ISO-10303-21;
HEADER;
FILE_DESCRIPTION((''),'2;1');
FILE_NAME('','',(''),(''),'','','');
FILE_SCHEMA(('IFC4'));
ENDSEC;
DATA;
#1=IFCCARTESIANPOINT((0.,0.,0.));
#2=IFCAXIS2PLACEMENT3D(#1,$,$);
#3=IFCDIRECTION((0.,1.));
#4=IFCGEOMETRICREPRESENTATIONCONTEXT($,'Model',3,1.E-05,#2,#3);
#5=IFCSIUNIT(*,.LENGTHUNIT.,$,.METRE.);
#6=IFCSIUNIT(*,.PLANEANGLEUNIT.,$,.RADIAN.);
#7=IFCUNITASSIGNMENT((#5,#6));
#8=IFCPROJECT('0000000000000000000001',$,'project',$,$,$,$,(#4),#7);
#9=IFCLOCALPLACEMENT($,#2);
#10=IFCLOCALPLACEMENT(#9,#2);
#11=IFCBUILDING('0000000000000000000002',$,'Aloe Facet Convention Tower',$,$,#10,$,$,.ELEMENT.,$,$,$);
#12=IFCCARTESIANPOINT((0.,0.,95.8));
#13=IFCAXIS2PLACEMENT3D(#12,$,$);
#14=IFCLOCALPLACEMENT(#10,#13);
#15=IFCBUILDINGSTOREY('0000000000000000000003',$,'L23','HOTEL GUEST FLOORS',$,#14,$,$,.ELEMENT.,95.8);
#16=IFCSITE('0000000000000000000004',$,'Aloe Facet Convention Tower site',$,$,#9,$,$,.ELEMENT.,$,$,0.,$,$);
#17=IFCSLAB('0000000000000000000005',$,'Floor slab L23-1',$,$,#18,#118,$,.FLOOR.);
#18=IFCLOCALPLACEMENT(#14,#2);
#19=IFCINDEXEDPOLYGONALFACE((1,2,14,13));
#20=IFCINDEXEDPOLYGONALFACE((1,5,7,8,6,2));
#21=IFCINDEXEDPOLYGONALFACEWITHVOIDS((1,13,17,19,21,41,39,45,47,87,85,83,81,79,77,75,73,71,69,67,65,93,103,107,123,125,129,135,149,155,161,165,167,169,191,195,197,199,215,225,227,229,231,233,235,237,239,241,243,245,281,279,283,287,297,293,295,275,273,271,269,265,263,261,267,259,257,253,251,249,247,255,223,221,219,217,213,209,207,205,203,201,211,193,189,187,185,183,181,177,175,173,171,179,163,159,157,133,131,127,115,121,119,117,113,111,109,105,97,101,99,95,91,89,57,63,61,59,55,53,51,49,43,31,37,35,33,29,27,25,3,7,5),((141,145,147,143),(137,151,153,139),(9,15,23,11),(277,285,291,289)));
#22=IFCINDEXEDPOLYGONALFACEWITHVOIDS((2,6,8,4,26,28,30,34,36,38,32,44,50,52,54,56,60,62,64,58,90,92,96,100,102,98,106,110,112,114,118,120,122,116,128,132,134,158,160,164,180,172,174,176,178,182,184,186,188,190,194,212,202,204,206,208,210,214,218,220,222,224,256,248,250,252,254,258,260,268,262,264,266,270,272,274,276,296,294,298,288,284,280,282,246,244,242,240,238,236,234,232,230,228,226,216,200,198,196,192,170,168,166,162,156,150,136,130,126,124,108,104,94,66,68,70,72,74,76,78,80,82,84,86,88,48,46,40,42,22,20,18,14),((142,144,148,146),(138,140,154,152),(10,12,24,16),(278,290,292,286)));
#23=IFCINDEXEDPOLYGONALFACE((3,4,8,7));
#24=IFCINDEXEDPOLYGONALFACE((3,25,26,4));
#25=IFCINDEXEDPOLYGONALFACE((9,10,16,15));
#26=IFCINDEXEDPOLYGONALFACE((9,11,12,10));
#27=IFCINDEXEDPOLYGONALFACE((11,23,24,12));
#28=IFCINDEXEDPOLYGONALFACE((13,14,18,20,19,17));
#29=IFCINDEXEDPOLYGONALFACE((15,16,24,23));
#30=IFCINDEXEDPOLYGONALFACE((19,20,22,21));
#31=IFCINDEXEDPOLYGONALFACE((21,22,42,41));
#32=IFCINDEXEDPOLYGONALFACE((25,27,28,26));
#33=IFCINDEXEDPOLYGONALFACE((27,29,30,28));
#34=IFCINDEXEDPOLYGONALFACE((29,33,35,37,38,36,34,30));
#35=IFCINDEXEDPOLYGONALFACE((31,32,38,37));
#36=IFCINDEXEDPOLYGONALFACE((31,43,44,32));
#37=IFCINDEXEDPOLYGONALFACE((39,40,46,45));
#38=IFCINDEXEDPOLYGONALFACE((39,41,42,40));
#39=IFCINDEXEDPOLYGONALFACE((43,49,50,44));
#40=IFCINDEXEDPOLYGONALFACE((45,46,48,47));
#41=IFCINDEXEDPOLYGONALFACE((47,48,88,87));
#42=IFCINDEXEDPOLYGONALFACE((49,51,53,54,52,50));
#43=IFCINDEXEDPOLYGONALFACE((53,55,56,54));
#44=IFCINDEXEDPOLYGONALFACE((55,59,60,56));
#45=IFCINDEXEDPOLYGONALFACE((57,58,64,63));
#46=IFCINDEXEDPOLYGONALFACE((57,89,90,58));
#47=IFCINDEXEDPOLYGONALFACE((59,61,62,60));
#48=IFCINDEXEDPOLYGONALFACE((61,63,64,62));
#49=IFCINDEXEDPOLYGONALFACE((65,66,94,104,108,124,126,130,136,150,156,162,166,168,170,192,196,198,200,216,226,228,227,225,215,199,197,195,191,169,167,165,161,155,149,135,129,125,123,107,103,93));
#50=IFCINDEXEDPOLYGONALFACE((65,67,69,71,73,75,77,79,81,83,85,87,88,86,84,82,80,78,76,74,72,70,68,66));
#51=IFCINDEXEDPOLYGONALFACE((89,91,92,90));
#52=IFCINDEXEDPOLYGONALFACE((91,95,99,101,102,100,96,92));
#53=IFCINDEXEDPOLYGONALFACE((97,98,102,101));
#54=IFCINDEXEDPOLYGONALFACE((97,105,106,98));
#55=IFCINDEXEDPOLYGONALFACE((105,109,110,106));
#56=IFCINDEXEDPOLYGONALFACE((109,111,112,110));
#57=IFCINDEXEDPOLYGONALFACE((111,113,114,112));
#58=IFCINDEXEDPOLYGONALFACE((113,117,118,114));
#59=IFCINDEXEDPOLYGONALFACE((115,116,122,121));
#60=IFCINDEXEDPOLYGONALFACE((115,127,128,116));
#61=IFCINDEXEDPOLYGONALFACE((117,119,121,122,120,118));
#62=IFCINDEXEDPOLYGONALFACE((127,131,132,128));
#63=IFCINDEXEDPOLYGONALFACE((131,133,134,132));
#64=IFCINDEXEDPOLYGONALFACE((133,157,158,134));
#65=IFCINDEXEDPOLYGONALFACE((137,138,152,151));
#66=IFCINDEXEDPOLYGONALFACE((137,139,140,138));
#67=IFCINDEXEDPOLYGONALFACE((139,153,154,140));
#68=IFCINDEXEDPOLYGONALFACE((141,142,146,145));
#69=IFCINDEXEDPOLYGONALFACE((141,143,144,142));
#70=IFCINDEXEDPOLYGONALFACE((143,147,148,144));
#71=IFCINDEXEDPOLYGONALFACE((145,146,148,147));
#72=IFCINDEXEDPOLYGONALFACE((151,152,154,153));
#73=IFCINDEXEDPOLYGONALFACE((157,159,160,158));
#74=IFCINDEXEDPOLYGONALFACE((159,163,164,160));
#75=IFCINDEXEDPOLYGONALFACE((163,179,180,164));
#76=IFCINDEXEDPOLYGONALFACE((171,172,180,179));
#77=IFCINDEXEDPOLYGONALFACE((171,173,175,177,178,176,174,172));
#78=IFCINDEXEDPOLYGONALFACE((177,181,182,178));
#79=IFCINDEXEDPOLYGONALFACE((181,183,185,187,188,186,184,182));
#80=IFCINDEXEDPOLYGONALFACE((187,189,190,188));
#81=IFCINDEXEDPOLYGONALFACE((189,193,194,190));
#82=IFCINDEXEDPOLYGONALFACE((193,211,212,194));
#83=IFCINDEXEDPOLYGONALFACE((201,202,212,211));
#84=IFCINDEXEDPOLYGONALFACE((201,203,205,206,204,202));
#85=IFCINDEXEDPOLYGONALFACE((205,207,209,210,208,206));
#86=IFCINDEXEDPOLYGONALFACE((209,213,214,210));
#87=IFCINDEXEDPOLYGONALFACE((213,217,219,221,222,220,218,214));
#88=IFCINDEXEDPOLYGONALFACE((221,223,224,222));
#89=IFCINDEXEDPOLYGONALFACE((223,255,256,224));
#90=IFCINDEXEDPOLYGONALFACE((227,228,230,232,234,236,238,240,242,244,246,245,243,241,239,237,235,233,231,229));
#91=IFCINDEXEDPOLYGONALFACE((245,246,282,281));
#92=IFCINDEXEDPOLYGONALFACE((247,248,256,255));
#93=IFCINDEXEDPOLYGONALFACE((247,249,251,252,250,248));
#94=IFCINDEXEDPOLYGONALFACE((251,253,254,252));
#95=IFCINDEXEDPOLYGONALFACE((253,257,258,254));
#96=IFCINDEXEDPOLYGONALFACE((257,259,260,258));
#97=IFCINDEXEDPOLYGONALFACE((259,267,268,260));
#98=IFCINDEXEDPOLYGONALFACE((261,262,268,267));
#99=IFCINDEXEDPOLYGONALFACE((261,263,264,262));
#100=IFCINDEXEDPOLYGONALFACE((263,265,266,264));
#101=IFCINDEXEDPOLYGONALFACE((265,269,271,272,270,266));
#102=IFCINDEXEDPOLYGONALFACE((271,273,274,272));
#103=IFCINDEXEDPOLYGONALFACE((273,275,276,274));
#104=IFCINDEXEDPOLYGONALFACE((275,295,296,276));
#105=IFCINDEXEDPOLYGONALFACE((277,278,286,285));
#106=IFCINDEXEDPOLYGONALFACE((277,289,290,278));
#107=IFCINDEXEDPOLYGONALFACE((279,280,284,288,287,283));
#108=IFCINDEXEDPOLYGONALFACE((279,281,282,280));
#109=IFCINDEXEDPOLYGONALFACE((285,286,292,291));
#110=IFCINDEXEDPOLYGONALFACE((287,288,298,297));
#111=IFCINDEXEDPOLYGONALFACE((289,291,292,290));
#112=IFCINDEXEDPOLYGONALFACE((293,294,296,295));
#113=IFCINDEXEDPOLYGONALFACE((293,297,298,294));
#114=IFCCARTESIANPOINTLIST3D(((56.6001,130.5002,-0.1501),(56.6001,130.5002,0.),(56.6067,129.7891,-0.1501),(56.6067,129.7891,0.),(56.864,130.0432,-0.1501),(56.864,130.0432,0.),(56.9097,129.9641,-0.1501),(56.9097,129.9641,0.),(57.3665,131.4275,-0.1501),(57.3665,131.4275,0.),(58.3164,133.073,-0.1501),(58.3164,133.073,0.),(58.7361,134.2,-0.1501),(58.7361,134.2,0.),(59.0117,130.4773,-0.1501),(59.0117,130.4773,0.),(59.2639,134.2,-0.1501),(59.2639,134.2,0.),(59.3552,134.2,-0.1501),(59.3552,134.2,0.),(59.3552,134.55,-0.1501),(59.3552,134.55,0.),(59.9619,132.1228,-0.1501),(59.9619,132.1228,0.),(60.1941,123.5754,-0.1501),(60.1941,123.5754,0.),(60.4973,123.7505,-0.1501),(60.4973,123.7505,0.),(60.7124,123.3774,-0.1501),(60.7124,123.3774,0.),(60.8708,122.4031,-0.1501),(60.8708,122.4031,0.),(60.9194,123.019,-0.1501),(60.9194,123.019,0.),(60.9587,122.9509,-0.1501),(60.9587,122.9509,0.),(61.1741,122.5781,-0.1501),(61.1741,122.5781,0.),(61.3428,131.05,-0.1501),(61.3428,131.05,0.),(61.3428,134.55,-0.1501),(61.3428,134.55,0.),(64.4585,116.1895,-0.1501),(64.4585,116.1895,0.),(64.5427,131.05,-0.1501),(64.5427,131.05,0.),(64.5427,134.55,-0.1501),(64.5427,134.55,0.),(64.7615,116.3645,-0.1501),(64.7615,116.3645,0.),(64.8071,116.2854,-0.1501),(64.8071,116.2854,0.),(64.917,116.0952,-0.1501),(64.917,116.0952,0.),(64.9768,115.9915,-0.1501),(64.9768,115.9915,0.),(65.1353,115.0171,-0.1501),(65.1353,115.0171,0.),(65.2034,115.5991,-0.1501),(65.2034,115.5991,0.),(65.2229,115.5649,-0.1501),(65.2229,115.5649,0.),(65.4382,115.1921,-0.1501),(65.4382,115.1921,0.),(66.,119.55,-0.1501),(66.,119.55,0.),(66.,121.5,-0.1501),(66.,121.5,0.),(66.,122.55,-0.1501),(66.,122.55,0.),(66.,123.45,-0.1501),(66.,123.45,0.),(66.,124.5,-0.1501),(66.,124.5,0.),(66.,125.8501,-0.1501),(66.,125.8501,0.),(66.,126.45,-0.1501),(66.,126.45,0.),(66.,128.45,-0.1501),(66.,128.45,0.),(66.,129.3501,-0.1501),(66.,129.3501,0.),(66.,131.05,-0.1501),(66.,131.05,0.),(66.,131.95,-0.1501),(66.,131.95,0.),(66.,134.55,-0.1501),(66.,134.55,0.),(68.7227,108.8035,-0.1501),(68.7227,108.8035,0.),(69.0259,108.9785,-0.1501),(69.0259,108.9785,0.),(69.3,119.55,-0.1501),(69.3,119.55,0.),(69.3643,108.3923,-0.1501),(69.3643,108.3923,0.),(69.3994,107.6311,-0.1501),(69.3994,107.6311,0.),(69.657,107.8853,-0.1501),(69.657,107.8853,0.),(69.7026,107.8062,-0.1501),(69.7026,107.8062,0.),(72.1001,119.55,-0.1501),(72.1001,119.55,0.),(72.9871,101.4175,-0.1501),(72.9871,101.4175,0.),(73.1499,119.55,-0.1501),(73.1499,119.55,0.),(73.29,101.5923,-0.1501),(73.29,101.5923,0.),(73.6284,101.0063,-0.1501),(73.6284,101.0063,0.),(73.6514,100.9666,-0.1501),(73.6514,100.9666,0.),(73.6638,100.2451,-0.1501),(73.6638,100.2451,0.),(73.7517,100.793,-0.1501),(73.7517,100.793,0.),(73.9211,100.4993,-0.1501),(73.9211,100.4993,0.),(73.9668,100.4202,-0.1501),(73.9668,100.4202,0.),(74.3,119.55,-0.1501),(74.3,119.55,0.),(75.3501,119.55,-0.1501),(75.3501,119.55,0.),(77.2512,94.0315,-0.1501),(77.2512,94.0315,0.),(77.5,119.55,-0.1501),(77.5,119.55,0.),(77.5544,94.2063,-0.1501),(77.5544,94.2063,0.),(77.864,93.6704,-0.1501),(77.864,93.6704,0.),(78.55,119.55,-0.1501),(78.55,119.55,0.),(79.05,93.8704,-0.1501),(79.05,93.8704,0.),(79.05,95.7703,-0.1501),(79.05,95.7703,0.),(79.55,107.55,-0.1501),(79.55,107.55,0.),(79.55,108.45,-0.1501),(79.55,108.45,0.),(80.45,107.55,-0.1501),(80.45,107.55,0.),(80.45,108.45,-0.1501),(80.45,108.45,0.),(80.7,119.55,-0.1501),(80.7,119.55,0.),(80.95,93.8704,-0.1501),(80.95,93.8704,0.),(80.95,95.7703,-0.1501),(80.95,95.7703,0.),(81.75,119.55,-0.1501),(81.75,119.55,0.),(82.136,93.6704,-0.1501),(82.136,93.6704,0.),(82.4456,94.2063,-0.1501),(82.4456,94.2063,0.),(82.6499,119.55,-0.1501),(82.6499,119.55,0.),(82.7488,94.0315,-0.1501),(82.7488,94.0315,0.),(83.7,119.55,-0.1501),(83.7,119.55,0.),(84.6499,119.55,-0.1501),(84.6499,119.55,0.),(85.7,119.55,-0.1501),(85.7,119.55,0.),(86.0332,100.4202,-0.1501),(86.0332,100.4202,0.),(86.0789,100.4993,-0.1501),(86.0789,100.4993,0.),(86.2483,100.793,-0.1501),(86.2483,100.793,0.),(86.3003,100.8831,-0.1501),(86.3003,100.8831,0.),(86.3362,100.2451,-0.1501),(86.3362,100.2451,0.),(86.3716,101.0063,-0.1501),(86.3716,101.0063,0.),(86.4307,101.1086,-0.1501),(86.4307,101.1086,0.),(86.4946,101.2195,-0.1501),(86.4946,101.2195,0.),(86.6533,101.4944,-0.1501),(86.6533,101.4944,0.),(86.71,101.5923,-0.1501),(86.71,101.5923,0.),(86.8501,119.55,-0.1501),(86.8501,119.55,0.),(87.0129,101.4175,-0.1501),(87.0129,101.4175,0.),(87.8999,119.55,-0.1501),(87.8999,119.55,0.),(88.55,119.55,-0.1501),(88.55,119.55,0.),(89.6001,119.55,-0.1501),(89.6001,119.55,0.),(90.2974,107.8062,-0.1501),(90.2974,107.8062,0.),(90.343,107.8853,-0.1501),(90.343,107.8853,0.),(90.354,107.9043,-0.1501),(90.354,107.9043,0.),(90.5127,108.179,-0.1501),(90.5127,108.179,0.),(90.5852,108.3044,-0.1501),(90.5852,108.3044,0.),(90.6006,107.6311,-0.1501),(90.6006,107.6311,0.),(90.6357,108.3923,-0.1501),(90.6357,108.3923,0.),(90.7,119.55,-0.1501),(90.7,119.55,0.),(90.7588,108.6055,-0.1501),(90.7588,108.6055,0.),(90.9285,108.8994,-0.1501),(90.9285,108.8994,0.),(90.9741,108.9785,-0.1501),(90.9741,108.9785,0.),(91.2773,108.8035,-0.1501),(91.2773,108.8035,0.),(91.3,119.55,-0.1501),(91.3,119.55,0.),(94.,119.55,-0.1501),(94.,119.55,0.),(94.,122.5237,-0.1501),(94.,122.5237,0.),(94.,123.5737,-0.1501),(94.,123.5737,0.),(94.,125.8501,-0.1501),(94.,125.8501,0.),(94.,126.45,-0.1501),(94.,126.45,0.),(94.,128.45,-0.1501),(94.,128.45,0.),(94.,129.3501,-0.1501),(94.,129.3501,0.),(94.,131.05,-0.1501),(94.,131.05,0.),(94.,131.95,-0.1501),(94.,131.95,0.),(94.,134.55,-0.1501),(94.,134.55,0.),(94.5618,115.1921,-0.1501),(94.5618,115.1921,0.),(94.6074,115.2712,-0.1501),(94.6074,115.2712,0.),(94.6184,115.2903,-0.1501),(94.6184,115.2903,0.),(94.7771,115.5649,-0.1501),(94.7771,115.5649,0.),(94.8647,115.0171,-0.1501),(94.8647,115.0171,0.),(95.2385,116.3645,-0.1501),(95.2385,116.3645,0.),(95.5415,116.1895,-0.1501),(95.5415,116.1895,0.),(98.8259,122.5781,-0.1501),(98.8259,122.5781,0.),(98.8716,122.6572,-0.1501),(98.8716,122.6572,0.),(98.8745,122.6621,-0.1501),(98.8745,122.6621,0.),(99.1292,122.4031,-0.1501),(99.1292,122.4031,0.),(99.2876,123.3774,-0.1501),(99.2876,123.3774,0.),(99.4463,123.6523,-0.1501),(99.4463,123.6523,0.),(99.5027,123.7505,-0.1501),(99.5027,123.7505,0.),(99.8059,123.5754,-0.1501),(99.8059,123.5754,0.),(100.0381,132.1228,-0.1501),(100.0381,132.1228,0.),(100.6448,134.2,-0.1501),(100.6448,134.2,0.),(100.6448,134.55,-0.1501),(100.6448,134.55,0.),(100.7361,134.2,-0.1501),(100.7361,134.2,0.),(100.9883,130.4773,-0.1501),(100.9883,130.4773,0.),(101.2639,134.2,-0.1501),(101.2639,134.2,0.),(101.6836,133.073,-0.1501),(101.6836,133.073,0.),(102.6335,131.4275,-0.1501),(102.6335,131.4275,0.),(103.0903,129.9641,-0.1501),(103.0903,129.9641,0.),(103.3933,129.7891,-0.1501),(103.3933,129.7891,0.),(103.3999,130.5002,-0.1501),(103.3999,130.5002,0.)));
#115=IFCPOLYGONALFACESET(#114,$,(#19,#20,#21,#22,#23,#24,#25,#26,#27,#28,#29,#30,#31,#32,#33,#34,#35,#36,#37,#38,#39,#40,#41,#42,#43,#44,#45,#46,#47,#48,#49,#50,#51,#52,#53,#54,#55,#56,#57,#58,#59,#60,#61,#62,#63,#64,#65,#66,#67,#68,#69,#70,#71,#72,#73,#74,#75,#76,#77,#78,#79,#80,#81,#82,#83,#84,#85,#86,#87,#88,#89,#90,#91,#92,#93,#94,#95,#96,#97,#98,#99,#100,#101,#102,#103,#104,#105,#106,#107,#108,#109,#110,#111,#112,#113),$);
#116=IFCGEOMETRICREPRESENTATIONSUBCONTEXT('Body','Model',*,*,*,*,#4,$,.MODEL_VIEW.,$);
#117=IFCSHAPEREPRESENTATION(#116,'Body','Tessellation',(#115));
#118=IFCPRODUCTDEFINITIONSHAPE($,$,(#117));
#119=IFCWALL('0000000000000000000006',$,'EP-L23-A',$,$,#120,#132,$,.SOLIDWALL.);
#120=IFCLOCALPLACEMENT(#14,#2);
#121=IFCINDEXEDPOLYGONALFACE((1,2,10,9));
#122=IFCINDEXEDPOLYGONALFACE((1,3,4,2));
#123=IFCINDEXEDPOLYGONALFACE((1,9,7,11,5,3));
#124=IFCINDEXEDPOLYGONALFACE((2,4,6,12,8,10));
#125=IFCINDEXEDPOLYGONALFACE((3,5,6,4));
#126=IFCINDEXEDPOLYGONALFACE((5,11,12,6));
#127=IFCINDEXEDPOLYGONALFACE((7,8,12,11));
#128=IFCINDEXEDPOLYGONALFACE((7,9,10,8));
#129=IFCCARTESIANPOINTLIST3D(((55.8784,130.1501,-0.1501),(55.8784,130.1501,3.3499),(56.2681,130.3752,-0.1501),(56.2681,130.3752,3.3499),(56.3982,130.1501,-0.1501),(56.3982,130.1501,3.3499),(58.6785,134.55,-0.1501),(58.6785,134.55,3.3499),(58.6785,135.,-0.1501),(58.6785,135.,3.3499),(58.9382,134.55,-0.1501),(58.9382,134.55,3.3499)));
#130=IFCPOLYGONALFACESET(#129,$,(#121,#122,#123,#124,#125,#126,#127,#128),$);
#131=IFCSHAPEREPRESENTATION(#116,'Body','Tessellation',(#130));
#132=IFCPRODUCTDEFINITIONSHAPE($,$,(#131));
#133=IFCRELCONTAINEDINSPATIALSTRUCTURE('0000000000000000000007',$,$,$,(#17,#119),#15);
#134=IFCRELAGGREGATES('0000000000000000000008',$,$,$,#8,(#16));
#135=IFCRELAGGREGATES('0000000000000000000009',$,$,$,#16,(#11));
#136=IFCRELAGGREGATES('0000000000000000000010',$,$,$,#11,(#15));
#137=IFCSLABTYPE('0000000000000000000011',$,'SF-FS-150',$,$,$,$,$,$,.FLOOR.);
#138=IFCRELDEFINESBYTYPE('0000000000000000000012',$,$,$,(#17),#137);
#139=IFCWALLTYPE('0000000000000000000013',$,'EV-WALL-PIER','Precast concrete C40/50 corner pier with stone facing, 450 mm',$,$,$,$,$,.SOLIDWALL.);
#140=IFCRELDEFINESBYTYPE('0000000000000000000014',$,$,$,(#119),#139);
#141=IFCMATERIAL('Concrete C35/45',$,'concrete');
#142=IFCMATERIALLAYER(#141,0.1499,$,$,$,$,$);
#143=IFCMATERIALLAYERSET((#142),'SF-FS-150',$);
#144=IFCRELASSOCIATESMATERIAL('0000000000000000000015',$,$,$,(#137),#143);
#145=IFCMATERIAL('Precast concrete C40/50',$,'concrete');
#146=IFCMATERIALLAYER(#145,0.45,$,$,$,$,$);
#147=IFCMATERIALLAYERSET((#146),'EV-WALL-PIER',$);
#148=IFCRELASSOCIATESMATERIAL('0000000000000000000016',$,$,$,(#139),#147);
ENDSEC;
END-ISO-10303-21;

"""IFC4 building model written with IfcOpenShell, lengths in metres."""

from ifc_helpers import new_model, si_unit, direction, frame, origin, place, context, subcontext, project, spatial, polyline, outline, extrude, material, layer, layer_set, type_object, element, save


model = new_model("IFC4")

# Units and contexts
model_context = context("Model", 3, precision=1e-05, world=origin(), true_north=direction((0.0, 1.0)))
body_context = subcontext(model_context, "Body", "Model", "MODEL_VIEW")
ifc_project = project(units=[si_unit("LENGTHUNIT", "METRE"), si_unit("PLANEANGLEUNIT", "RADIAN")], contexts=[model_context])

# Site, building, storey
site_placement = place(None, origin())
site = spatial("IfcSite", under=ifc_project, at=site_placement, Name="Aloe Facet Convention Tower site", CompositionType="ELEMENT", RefElevation=0.0)
building_placement = place(site_placement, origin())
building = spatial("IfcBuilding", under=site, at=building_placement, Name="Aloe Facet Convention Tower", CompositionType="ELEMENT")
storey_placement = place(building_placement, frame((0.0, 0.0, 95.8)))
storey = spatial("IfcBuildingStorey", under=building, at=storey_placement, Name="L23", Description="HOTEL GUEST FLOORS", CompositionType="ELEMENT", Elevation=95.8)

# Slab
ifc_material_1 = material(Name="Concrete C35/45", Category="concrete")
ifc_layer_1 = layer(ifc_material_1, 0.1499)
ifc_layer_set_1 = layer_set([ifc_layer_1], Name="SF-FS-150")
slab_type_1 = type_object("IfcSlabType", Name="SF-FS-150", PredefinedType="FLOOR", material=ifc_layer_set_1)
slab_1_placement = place(storey_placement, frame((0.0, 0.0, -0.1501)))
element("IfcSlab", 1, at=slab_1_placement, inside=storey, type_object=slab_type_1, Name="Floor slab L23-1", PredefinedType="FLOOR", context=body_context, shape_type="SweptSolid", body=[
    extrude(outline(polyline([(103.3999, 130.5002), (103.0903, 129.9641), (103.3933, 129.7891), (99.8059, 123.5754), (99.5027, 123.7505), (99.4463, 123.6523), (99.2876, 123.3774), (98.8745, 122.6621), (98.8716, 122.6572), (98.8259, 122.5781), (99.1292, 122.4031), (95.5415, 116.1895), (95.2385, 116.3645), (94.7771, 115.5649), (94.6184, 115.2903), (94.6074, 115.2712), (94.5618, 115.1921), (94.8647, 115.0171), (91.2773, 108.8035), (90.9741, 108.9785), (90.9285, 108.8994), (90.7588, 108.6055), (90.6357, 108.3923), (90.5852, 108.3044), (90.5127, 108.179), (90.354, 107.9043), (90.343, 107.8853), (90.2974, 107.8062), (90.6006, 107.6311), (87.0129, 101.4175), (86.71, 101.5923), (86.6533, 101.4944), (86.4946, 101.2195), (86.4307, 101.1086), (86.3716, 101.0063), (86.3003, 100.8831), (86.2483, 100.793), (86.0789, 100.4993), (86.0332, 100.4202), (86.3362, 100.2451), (82.7488, 94.0315), (82.4456, 94.2063), (82.136, 93.6704), (77.864, 93.6704), (77.5544, 94.2063), (77.2512, 94.0315), (73.6638, 100.2451), (73.9668, 100.4202), (73.9211, 100.4993), (73.7517, 100.793), (73.6514, 100.9666), (73.6284, 101.0063), (73.29, 101.5923), (72.9871, 101.4175), (69.3994, 107.6311), (69.7026, 107.8062), (69.657, 107.8853), (69.3643, 108.3923), (69.0259, 108.9785), (68.7227, 108.8035), (65.1353, 115.0171), (65.4382, 115.1921), (65.2229, 115.5649), (65.2034, 115.5991), (64.9768, 115.9915), (64.917, 116.0952), (64.8071, 116.2854), (64.7615, 116.3645), (64.4585, 116.1895), (60.8708, 122.4031), (61.1741, 122.5781), (60.9587, 122.9509), (60.9194, 123.019), (60.7124, 123.3774), (60.4973, 123.7505), (60.1941, 123.5754), (56.6067, 129.7891), (56.9097, 129.9641), (56.864, 130.0432), (56.6001, 130.5002), (58.7361, 134.2), (59.2639, 134.2), (59.3552, 134.2), (59.3552, 134.55), (61.3428, 134.55), (61.3428, 131.05), (64.5427, 131.05), (64.5427, 134.55), (66.0, 134.55), (66.0, 131.95), (66.0, 131.05), (66.0, 129.3501), (66.0, 128.45), (66.0, 126.45), (66.0, 125.8501), (66.0, 124.5), (66.0, 123.45), (66.0, 122.55), (66.0, 121.5), (66.0, 119.55), (69.3, 119.55), (72.1001, 119.55), (73.1499, 119.55), (74.3, 119.55), (75.3501, 119.55), (77.5, 119.55), (78.55, 119.55), (80.7, 119.55), (81.75, 119.55), (82.6499, 119.55), (83.7, 119.55), (84.6499, 119.55), (85.7, 119.55), (86.8501, 119.55), (87.8999, 119.55), (88.55, 119.55), (89.6001, 119.55), (90.7, 119.55), (91.3, 119.55), (94.0, 119.55), (94.0, 122.5237), (94.0, 123.5737), (94.0, 125.8501), (94.0, 126.45), (94.0, 128.45), (94.0, 129.3501), (94.0, 131.05), (94.0, 131.95), (94.0, 134.55), (100.6448, 134.55), (100.6448, 134.2), (100.7361, 134.2), (101.2639, 134.2), (103.3999, 130.5002)]), holes=[polyline([(59.9619, 132.1228), (58.3164, 133.073), (57.3665, 131.4275), (59.0117, 130.4773), (59.9619, 132.1228)]), polyline([(79.05, 95.7703), (79.05, 93.8704), (80.95, 93.8704), (80.95, 95.7703), (79.05, 95.7703)]), polyline([(79.55, 107.55), (80.45, 107.55), (80.45, 108.45), (79.55, 108.45), (79.55, 107.55)]), polyline([(100.9883, 130.4773), (102.6335, 131.4275), (101.6836, 133.073), (100.0381, 132.1228), (100.9883, 130.4773)])]), origin(), (0.0, 0.0, 1.0), 0.1501),
])

# Wall
ifc_material_2 = material(Name="Precast concrete C40/50", Category="concrete")
ifc_layer_2 = layer(ifc_material_2, 0.45)
ifc_layer_set_2 = layer_set([ifc_layer_2], Name="EV-WALL-PIER")
wall_type_1 = type_object("IfcWallType", Name="EV-WALL-PIER", Description="Precast concrete C40/50 corner pier with stone facing, 450 mm", PredefinedType="SOLIDWALL", material=ifc_layer_set_2)
wall_1_placement = place(storey_placement, frame((0.0, 0.0, -0.1501)))
element("IfcWall", 2, at=wall_1_placement, inside=storey, type_object=wall_type_1, Name="EP-L23-A", PredefinedType="SOLIDWALL", context=body_context, shape_type="SweptSolid", body=[
    extrude(outline(polyline([(58.6785, 135.0), (58.6785, 134.55), (58.9382, 134.55), (56.3982, 130.1501), (56.2681, 130.3752), (55.8784, 130.1501), (58.6785, 135.0)])), origin(), (0.0, 0.0, 1.0), 3.5),
])

save(model, "model.ifc")
